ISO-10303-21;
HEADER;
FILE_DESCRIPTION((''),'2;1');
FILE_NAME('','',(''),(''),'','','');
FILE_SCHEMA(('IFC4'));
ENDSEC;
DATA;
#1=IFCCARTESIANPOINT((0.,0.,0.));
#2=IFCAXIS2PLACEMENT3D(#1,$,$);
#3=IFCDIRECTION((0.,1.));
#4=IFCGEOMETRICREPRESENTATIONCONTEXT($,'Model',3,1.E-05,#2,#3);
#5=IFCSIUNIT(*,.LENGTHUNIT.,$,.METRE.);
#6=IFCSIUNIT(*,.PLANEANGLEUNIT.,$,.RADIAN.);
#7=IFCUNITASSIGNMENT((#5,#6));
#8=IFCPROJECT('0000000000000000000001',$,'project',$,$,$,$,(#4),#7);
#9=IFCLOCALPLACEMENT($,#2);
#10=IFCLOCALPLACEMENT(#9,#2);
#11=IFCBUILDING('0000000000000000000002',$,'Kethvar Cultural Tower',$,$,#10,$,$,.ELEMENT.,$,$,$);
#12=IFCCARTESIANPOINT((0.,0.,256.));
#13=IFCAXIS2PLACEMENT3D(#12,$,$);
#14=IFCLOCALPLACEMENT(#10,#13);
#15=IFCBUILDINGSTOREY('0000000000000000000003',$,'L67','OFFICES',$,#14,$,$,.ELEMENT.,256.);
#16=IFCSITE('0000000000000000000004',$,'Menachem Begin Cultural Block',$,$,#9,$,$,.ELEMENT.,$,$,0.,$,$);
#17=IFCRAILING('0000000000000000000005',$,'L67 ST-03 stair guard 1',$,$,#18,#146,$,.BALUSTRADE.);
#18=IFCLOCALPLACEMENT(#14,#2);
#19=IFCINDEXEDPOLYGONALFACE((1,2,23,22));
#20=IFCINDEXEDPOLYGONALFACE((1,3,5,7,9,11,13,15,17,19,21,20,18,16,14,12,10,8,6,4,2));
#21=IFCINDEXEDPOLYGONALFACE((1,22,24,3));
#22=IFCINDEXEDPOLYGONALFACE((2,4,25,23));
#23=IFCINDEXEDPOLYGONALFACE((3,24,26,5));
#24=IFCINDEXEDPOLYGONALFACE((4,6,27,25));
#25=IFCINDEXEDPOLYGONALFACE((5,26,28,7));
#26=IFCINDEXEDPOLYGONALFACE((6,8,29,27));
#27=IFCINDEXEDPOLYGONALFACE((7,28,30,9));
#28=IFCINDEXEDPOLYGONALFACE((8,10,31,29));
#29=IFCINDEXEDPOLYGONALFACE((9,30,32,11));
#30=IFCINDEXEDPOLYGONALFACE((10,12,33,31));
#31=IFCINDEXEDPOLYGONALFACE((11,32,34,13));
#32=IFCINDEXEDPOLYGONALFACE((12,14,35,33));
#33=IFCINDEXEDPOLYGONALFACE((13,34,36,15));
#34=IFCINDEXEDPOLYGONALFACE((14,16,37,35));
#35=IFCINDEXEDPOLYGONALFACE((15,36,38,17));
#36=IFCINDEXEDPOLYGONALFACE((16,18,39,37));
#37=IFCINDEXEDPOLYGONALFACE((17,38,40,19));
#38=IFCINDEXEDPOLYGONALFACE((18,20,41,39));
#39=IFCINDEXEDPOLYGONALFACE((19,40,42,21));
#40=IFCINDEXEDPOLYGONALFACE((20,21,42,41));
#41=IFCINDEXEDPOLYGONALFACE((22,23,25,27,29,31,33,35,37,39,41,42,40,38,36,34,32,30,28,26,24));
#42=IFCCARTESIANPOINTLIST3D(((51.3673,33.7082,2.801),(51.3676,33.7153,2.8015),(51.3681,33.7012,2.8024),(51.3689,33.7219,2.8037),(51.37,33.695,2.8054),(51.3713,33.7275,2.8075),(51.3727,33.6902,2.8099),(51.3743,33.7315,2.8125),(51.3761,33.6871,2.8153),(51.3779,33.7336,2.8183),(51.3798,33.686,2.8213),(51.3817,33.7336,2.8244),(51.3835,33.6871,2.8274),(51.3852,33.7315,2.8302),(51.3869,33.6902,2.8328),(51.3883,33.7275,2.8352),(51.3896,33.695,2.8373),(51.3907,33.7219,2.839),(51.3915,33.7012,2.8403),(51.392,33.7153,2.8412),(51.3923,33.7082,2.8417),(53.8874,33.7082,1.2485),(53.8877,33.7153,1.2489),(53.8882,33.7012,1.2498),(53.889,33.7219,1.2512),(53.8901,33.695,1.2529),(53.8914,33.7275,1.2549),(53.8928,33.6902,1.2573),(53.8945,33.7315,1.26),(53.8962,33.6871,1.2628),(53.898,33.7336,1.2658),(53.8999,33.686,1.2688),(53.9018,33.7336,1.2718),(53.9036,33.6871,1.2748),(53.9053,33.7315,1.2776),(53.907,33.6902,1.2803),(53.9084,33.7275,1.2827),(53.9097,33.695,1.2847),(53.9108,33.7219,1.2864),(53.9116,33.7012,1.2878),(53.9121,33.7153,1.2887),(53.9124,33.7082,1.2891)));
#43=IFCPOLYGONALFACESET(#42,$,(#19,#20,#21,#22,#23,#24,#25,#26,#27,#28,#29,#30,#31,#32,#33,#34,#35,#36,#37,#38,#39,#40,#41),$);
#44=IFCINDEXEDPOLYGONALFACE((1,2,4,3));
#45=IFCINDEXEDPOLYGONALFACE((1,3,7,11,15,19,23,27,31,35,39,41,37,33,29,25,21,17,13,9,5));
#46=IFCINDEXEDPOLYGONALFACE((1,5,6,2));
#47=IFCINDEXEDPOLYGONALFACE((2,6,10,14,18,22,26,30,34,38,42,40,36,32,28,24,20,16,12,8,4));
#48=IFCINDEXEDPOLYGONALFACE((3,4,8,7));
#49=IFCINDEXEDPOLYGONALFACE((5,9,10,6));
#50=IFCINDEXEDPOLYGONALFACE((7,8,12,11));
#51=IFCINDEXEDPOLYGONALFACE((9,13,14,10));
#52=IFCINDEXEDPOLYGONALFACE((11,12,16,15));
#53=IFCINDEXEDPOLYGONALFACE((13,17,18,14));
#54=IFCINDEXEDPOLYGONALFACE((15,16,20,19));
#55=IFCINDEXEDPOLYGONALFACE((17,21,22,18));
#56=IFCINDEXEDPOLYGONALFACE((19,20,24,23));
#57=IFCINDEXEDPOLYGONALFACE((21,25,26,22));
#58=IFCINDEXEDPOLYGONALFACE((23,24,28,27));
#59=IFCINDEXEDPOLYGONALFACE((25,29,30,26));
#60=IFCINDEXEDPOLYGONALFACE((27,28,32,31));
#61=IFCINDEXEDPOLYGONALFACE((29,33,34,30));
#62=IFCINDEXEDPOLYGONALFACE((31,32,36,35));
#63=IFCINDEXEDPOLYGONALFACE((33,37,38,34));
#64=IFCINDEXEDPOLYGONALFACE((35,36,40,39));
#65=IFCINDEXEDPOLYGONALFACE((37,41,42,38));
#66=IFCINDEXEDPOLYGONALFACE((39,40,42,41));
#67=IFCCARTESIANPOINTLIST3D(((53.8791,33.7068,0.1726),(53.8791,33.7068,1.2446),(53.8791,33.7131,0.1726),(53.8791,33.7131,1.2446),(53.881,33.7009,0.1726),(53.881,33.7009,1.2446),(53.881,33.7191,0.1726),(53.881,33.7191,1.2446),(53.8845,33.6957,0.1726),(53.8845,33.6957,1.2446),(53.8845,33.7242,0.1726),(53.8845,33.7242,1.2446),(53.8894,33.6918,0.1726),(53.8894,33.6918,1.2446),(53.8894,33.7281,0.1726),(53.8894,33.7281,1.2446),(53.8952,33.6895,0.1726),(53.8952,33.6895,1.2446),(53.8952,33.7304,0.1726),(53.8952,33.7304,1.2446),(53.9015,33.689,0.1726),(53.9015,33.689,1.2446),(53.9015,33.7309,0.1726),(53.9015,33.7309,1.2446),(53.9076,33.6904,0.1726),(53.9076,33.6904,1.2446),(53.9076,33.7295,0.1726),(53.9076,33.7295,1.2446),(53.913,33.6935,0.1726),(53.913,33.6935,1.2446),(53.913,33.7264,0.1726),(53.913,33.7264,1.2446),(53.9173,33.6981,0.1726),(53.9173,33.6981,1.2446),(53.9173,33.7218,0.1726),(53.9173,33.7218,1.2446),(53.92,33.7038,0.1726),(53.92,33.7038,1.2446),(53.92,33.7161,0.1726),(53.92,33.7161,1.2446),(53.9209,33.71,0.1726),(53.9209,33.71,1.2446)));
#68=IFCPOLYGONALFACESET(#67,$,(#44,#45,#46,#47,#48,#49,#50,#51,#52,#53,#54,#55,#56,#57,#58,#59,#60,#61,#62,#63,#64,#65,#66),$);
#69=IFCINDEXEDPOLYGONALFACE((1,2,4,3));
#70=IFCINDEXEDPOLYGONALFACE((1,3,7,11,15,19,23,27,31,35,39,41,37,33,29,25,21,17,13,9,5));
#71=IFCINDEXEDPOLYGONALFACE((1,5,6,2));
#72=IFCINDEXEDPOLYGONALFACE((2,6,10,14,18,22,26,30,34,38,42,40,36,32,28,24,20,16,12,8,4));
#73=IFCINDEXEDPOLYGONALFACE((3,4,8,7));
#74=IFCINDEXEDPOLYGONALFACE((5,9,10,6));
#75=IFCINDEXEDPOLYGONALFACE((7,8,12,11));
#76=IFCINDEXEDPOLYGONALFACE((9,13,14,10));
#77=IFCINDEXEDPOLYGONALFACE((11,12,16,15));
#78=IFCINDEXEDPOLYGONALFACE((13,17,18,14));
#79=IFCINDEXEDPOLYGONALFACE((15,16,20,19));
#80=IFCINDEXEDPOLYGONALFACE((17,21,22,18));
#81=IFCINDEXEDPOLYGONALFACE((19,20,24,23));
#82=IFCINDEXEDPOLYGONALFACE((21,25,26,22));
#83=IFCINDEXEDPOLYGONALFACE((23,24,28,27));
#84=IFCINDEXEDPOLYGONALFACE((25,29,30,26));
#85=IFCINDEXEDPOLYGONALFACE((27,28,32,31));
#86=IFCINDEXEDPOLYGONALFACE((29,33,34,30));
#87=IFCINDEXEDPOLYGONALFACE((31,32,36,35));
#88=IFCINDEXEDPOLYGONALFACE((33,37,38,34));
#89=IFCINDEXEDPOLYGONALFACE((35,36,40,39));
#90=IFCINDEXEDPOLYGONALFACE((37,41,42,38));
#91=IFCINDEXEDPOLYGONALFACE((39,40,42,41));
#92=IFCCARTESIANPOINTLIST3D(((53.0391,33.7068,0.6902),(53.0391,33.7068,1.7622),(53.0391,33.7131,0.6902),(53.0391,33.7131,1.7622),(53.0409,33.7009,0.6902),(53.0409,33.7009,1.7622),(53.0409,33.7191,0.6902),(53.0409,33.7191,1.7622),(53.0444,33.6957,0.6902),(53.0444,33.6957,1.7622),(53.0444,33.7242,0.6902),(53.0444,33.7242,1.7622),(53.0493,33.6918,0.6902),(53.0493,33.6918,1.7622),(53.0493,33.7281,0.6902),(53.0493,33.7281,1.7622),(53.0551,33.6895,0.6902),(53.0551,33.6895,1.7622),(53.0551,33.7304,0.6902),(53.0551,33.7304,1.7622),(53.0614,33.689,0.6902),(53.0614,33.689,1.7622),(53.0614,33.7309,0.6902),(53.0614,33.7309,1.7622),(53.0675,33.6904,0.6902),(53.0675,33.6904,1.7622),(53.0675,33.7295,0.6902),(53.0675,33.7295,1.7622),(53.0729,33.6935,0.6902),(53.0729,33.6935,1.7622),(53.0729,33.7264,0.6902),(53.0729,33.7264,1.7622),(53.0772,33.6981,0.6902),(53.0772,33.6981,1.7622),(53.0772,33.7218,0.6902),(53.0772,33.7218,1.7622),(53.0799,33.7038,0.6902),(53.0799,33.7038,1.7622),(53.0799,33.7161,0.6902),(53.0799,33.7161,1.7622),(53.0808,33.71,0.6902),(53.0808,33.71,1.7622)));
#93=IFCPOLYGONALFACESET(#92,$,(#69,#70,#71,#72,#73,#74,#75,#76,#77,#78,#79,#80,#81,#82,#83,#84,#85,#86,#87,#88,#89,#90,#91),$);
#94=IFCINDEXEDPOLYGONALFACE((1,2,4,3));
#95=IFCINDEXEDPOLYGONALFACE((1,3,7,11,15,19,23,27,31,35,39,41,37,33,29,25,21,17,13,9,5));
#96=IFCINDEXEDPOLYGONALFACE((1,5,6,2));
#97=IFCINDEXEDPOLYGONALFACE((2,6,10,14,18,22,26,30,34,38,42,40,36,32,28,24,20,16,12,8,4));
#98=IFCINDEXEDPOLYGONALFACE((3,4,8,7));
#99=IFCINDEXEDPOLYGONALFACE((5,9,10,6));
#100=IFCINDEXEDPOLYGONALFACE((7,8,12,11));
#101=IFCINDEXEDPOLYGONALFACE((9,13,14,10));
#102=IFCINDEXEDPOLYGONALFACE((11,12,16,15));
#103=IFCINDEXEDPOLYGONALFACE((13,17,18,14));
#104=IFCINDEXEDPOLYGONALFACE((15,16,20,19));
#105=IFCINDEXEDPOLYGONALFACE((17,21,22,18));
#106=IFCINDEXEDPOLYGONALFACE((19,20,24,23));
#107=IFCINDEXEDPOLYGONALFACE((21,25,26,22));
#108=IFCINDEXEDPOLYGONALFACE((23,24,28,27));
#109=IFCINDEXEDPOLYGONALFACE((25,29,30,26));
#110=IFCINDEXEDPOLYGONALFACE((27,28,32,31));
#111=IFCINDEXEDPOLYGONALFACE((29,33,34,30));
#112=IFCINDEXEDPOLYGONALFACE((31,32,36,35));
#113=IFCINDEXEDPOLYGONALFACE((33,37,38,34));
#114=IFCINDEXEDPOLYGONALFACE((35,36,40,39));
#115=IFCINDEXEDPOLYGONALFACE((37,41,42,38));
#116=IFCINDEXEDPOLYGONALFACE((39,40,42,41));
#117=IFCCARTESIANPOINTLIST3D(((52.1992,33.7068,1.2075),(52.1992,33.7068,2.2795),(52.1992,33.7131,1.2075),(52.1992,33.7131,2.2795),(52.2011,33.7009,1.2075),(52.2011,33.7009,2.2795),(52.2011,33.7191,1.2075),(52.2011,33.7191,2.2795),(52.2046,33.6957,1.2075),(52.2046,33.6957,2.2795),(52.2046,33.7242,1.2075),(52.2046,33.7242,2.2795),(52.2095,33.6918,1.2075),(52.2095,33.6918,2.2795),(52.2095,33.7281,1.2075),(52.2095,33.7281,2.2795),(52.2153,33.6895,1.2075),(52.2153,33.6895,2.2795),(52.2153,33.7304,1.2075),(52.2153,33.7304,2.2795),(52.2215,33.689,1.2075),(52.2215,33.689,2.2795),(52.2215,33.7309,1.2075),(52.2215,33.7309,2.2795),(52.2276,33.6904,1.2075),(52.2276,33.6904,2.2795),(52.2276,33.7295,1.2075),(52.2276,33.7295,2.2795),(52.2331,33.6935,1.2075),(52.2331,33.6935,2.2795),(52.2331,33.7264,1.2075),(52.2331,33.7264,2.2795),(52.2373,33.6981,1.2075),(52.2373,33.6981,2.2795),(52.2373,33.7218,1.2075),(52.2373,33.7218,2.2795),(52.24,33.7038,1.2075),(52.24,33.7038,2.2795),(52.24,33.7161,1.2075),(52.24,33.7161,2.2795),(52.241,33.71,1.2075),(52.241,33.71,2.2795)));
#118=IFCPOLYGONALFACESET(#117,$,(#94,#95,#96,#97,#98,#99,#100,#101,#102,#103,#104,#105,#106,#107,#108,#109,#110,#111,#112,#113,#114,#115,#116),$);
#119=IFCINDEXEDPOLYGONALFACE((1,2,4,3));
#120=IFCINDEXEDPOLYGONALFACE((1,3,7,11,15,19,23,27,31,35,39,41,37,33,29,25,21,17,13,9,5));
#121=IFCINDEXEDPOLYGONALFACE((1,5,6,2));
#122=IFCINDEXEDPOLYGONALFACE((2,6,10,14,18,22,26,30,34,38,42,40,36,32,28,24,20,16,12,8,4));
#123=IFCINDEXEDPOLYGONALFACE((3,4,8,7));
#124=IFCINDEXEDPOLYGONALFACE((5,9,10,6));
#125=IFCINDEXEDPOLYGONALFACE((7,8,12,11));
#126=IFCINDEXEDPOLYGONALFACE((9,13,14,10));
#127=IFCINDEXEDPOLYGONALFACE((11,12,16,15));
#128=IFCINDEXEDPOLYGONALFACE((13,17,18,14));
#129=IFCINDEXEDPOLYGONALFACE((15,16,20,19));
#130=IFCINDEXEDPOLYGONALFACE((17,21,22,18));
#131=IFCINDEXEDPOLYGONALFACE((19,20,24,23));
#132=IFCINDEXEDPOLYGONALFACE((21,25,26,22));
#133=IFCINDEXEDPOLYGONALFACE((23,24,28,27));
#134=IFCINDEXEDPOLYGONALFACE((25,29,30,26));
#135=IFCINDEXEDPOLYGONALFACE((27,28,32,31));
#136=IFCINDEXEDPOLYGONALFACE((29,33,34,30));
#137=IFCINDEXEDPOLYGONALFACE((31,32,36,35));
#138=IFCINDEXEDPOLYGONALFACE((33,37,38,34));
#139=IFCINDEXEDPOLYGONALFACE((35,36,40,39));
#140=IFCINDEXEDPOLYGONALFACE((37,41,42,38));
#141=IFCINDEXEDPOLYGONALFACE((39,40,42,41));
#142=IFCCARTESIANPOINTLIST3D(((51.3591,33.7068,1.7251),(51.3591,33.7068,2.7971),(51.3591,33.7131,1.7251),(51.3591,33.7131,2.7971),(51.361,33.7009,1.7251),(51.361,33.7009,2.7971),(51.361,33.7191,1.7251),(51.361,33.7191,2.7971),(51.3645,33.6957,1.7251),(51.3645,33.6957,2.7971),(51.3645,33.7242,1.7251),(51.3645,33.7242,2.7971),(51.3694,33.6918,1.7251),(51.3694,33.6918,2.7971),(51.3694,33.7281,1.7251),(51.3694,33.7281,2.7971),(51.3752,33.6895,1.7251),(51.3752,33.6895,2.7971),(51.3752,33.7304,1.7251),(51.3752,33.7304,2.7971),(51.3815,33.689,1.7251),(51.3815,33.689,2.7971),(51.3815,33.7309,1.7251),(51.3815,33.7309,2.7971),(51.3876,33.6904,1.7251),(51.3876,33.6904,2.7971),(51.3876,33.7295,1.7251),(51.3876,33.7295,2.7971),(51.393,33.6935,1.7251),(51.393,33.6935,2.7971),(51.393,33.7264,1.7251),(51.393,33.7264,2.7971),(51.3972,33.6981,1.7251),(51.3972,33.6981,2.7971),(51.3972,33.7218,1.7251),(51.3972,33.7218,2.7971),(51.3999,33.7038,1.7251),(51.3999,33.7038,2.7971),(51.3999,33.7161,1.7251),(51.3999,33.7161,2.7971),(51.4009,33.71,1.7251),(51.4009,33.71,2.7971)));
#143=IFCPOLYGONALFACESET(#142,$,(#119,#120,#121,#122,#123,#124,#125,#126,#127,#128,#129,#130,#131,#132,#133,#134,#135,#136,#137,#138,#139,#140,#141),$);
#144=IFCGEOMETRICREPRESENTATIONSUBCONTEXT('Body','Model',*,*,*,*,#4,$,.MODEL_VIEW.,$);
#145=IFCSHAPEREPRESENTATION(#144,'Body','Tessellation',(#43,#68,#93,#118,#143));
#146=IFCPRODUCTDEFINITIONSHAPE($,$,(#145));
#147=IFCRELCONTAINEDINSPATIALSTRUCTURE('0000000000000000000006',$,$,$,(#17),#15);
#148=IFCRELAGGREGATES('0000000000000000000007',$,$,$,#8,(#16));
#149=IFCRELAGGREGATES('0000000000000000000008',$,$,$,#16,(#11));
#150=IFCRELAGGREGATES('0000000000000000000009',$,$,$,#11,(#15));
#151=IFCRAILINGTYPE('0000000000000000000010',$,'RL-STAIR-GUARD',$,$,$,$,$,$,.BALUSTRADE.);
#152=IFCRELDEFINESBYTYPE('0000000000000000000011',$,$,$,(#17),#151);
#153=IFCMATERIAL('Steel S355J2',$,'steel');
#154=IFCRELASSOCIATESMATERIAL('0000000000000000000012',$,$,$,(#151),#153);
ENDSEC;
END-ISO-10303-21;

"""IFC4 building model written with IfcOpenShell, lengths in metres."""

from ifc_helpers import new_model, si_unit, direction, frame, origin, origin_2d, place, context, subcontext, project, spatial, circle, extrude, material, type_object, element, save


model = new_model("IFC4")

# Units and contexts
model_context = context("Model", 3, precision=1e-05, world=origin(), true_north=direction((0.0, 1.0)))
body_context = subcontext(model_context, "Body", "Model", "MODEL_VIEW")
ifc_project = project(units=[si_unit("LENGTHUNIT", "METRE"), si_unit("PLANEANGLEUNIT", "RADIAN")], contexts=[model_context])

# Site, building, storey
site_placement = place(None, origin())
site = spatial("IfcSite", under=ifc_project, at=site_placement, Name="Menachem Begin Cultural Block", CompositionType="ELEMENT", RefElevation=0.0)
building_placement = place(site_placement, origin())
building = spatial("IfcBuilding", under=site, at=building_placement, Name="Kethvar Cultural Tower", CompositionType="ELEMENT")
storey_placement = place(building_placement, frame((0.0, 0.0, 256.0)))
storey = spatial("IfcBuildingStorey", under=building, at=storey_placement, Name="L67", Description="OFFICES", CompositionType="ELEMENT", Elevation=256.0)

# Shared definitions
ifc_material_1 = material(Name="Steel S355J2", Category="steel")

# Railing
railing_type_1 = type_object("IfcRailingType", Name="RL-STAIR-GUARD", PredefinedType="BALUSTRADE", material=ifc_material_1)
railing_1_placement = place(storey_placement, frame((53.8999, 33.71, 0.1726)))
element("IfcRailing", 1, at=railing_1_placement, inside=storey, type_object=railing_type_1, Name="L67 ST-03 stair guard 1", PredefinedType="BALUSTRADE", context=body_context, shape_type="SweptSolid", body=[
    extrude(circle(Radius=0.0239, at=origin_2d()), frame((0.0, 0.0, 1.0962), z_axis=(-0.8514, 0.0, 0.524516), x_axis=(0.0, -1.0, 0.0)), (0.0, 0.0, 1.0), 2.96),
    extrude(circle(Radius=0.021, at=origin_2d()), origin(), (0.0, 0.0, 1.0), 1.072),
    extrude(circle(Radius=0.021, at=origin_2d()), frame((-0.8401, 0.0, 0.5176)), (0.0, 0.0, 1.0), 1.072),
    extrude(circle(Radius=0.021, at=origin_2d()), frame((-1.6799, 0.0, 1.0349)), (0.0, 0.0, 1.0), 1.072),
    extrude(circle(Radius=0.021, at=origin_2d()), frame((-2.52, 0.0, 1.5525)), (0.0, 0.0, 1.0), 1.072),
])

save(model, "model.ifc")
